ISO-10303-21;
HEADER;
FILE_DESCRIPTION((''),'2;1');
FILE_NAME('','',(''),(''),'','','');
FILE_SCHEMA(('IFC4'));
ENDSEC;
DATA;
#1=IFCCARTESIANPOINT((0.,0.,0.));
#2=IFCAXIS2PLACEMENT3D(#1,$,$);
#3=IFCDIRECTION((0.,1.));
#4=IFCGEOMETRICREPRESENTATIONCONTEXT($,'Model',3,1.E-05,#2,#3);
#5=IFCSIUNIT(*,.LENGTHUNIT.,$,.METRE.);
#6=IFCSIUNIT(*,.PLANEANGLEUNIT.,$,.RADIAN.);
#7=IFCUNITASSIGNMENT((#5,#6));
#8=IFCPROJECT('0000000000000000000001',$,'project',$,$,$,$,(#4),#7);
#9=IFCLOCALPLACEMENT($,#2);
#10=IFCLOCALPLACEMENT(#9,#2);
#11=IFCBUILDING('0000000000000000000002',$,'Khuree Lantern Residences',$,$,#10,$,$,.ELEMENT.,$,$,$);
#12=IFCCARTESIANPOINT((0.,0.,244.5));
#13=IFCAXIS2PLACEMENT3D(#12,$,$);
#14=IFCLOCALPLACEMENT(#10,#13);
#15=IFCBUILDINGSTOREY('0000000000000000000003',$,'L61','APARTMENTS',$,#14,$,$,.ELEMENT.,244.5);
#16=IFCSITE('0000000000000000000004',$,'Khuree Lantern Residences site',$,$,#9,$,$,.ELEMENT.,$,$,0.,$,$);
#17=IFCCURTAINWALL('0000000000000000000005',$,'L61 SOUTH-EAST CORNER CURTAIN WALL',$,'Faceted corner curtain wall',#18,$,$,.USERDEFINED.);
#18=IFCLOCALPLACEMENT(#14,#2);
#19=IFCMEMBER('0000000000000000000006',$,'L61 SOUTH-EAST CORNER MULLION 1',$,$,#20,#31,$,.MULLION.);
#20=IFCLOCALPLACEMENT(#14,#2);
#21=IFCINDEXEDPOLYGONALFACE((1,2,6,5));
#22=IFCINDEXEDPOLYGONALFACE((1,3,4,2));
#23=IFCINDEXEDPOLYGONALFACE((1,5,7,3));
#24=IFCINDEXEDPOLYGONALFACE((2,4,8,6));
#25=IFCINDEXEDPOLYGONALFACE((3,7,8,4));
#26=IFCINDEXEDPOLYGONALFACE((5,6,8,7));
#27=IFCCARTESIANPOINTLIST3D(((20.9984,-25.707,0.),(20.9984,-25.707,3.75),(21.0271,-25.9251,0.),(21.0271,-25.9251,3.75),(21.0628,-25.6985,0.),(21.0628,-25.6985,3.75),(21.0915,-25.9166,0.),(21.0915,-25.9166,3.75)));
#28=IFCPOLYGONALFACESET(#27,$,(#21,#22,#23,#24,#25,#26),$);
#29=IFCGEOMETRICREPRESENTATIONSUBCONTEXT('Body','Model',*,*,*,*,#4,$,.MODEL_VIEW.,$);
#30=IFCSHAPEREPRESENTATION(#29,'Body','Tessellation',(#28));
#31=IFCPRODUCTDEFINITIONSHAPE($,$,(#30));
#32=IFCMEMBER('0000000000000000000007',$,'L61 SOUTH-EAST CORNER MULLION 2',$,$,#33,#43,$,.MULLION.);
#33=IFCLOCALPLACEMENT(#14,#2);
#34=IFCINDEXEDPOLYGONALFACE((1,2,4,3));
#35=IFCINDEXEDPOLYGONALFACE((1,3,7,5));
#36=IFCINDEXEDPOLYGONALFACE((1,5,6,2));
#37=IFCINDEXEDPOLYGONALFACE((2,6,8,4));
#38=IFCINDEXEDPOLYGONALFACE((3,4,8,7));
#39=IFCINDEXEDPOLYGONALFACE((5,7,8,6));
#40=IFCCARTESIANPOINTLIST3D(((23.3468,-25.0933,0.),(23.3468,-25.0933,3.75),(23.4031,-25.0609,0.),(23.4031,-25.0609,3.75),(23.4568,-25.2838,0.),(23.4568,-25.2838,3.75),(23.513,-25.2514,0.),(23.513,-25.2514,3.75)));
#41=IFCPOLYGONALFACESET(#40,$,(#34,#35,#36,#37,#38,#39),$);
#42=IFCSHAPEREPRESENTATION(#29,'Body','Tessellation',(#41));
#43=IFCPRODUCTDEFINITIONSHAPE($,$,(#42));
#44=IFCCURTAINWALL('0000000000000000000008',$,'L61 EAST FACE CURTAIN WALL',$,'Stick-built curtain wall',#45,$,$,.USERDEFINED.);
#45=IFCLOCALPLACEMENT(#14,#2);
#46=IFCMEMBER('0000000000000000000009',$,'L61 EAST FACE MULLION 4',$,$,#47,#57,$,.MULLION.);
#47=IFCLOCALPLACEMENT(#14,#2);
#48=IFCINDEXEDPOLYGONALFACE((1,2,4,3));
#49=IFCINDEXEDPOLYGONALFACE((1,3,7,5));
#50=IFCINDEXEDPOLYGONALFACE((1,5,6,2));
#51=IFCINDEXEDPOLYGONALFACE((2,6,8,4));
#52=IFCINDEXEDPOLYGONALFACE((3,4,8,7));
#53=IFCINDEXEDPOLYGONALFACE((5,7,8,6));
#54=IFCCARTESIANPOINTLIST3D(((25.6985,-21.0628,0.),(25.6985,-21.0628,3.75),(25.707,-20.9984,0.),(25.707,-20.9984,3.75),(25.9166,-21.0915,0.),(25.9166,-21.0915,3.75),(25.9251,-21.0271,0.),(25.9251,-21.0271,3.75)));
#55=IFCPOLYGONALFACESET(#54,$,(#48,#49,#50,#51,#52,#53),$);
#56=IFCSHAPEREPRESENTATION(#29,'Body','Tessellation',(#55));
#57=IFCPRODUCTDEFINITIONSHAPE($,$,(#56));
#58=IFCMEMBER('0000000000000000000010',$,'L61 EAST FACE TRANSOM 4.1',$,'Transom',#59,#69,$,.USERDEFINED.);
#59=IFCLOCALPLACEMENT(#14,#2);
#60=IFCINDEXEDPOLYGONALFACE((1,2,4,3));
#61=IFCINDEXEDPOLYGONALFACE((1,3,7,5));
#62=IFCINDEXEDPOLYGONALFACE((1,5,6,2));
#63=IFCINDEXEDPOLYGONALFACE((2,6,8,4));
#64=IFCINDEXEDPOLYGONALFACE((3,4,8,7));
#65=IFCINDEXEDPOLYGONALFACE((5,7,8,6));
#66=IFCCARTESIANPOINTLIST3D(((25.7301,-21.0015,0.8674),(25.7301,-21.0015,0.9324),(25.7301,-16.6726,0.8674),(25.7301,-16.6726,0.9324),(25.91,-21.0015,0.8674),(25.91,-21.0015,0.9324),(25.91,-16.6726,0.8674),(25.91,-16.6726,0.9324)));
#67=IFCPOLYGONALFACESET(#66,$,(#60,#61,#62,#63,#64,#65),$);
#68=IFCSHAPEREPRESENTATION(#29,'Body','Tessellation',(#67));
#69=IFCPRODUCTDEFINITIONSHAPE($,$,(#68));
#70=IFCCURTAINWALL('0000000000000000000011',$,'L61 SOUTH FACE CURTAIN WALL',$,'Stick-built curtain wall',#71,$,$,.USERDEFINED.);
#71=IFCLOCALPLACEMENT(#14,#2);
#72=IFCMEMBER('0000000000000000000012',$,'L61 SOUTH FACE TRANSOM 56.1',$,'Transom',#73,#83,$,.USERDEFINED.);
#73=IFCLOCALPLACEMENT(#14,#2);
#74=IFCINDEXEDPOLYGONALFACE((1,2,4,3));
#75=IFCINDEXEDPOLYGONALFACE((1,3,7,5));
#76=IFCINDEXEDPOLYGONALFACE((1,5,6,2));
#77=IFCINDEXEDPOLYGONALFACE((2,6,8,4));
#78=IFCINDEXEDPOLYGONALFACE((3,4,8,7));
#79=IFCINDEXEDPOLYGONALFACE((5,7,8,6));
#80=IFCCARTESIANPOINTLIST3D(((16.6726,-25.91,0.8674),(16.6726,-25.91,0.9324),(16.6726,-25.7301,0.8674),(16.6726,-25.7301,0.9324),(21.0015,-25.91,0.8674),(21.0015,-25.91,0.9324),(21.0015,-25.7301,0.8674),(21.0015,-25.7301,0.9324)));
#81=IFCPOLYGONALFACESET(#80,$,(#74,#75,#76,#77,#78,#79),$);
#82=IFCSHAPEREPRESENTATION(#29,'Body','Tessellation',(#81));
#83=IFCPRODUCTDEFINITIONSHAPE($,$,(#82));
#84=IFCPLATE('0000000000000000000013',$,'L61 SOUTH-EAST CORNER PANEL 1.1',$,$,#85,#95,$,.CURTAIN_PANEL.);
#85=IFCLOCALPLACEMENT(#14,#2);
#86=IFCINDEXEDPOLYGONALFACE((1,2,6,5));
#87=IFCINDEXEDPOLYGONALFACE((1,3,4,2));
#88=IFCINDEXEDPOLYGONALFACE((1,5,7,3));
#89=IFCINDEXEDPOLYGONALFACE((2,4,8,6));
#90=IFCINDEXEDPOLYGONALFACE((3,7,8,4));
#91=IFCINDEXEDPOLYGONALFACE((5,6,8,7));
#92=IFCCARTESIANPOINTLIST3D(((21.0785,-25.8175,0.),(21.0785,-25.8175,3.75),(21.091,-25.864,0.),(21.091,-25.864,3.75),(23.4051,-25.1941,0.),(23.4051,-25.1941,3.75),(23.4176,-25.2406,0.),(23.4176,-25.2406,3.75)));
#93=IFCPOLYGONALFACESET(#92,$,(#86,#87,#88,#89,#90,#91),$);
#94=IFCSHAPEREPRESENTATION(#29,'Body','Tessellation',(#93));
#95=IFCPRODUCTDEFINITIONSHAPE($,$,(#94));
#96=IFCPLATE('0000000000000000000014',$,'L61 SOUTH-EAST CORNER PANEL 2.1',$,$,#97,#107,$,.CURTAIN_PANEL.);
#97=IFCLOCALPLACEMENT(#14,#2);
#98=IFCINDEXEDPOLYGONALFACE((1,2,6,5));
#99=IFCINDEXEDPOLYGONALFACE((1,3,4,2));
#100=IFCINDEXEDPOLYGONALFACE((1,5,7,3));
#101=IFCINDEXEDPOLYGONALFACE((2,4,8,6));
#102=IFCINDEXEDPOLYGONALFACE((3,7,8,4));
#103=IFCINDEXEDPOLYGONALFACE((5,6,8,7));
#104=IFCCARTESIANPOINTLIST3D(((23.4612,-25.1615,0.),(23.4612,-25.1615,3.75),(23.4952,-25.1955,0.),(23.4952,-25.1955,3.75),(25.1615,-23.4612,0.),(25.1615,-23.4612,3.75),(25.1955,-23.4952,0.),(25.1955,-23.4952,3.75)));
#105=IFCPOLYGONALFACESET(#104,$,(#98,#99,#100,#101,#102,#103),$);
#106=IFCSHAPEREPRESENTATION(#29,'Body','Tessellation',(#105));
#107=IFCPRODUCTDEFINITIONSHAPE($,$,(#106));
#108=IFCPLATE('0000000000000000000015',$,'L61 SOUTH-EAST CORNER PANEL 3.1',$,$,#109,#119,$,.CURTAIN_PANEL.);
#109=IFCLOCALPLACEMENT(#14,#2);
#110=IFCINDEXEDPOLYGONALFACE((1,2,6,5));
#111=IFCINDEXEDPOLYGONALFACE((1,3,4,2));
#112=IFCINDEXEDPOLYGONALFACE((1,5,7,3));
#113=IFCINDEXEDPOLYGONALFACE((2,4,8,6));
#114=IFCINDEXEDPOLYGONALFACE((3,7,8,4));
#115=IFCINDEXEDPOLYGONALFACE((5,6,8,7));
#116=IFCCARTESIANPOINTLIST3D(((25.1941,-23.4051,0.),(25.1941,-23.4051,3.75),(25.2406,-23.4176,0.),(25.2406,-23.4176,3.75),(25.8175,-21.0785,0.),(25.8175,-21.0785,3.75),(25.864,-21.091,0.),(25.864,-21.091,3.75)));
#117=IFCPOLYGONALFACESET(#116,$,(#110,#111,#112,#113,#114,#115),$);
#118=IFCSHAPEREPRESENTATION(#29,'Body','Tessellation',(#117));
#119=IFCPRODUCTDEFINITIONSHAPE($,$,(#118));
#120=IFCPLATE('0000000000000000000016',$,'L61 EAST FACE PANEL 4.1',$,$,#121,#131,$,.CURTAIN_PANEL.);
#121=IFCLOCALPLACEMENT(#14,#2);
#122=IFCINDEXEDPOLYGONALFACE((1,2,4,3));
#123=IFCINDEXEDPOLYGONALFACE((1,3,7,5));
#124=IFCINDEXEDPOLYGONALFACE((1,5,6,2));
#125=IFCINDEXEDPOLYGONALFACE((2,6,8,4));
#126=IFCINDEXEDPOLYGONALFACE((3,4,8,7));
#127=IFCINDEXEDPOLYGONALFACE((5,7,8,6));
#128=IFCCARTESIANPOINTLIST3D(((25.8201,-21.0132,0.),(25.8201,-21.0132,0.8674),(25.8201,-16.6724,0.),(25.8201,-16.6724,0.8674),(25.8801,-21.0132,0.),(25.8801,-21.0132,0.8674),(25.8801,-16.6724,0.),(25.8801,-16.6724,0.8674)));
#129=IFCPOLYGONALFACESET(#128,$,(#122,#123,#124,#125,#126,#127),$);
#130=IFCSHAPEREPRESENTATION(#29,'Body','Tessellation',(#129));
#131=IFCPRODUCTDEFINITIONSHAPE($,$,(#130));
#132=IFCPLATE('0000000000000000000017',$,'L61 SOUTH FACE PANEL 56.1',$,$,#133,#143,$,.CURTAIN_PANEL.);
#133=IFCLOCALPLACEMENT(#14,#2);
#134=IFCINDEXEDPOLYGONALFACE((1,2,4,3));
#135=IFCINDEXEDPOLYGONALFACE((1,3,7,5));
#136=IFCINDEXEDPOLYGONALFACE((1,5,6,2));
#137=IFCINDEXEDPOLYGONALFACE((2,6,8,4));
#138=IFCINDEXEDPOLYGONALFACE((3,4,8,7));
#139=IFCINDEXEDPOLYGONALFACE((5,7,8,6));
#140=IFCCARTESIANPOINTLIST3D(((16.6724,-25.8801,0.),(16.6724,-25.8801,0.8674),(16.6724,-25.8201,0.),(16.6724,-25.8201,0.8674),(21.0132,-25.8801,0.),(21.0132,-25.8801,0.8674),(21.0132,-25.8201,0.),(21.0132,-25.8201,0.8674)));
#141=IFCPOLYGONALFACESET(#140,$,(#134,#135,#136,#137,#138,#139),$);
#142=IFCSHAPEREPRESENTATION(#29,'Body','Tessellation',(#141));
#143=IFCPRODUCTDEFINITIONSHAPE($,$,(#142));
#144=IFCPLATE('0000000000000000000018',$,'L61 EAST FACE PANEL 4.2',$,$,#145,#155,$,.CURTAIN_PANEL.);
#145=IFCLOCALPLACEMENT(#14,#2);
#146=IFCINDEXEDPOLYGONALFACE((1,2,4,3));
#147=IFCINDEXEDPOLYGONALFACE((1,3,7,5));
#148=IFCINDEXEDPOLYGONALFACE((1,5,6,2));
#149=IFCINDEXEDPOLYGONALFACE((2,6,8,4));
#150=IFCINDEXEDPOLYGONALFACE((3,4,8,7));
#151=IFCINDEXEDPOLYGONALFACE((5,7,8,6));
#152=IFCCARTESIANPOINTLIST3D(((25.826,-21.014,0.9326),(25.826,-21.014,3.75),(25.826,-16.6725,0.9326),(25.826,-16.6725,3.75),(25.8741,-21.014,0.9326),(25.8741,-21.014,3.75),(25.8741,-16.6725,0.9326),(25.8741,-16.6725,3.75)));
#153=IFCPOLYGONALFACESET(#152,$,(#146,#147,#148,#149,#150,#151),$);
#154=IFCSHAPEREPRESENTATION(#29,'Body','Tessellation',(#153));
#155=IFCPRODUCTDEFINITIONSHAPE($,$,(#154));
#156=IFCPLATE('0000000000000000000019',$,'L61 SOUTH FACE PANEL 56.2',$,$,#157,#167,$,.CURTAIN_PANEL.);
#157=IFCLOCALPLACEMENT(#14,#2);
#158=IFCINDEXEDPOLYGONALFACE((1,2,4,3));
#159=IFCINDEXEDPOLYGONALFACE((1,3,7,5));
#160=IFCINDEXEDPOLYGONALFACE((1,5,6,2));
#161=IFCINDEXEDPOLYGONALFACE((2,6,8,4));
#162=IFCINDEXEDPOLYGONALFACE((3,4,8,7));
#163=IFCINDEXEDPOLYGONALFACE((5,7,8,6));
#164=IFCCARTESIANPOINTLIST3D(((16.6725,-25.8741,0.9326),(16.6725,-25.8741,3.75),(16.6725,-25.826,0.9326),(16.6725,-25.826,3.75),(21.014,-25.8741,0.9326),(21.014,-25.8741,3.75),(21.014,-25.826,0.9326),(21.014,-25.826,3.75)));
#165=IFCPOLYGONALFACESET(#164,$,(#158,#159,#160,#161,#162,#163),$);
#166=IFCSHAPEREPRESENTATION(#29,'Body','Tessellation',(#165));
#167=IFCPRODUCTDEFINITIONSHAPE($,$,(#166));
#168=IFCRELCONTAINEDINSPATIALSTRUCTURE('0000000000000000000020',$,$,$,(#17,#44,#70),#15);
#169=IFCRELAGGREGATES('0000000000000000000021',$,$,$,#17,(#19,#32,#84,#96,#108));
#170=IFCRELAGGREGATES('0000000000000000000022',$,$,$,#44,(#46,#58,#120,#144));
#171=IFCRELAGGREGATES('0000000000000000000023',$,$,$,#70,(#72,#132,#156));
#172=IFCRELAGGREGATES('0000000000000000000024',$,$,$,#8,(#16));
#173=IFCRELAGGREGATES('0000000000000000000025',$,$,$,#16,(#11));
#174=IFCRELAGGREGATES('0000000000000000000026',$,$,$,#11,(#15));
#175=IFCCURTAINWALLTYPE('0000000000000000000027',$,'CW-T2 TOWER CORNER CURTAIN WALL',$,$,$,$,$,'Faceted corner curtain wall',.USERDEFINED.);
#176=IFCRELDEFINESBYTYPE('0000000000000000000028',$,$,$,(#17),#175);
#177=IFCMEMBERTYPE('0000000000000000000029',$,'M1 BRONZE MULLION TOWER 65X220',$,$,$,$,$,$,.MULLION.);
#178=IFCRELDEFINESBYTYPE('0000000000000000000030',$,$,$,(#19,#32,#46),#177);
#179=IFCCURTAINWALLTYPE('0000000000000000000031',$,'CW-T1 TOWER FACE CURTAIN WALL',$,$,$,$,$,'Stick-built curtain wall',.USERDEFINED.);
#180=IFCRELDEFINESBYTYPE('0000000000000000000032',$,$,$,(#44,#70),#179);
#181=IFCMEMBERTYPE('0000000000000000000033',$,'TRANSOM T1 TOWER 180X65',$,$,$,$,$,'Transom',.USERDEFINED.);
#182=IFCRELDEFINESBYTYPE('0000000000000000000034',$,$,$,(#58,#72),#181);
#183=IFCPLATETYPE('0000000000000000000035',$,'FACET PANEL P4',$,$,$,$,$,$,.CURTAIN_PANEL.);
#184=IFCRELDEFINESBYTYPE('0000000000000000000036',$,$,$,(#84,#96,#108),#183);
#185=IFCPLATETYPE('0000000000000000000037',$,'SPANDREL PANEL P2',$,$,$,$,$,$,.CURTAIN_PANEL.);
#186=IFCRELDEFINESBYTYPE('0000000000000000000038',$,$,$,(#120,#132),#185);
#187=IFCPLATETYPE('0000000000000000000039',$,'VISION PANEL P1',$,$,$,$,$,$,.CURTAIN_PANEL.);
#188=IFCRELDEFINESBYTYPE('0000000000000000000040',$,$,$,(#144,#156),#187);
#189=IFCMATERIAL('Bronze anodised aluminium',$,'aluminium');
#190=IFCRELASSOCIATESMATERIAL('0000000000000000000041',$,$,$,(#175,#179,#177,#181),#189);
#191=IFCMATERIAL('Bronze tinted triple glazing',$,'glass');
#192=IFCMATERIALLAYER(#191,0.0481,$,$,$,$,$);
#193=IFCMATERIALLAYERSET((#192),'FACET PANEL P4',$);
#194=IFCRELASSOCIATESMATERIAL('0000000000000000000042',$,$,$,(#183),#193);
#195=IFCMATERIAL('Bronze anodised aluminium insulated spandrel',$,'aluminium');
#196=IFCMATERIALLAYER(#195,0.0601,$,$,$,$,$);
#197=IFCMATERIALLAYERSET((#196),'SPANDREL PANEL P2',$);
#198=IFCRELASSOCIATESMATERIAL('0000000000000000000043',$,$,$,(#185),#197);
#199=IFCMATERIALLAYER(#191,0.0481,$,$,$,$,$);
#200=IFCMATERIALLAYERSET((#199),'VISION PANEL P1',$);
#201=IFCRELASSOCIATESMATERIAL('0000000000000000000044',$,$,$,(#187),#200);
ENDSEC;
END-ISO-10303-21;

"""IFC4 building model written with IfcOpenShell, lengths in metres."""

from ifc_helpers import new_model, si_unit, direction, frame, origin, origin_2d, place, context, subcontext, project, spatial, rectangle, extrude, material, layer, layer_set, material_profile, profile_set, type_object, element, aggregate, save


model = new_model("IFC4")

# Units and contexts
model_context = context("Model", 3, precision=1e-05, world=origin(), true_north=direction((0.0, 1.0)))
body_context = subcontext(model_context, "Body", "Model", "MODEL_VIEW")
ifc_project = project(units=[si_unit("LENGTHUNIT", "METRE"), si_unit("PLANEANGLEUNIT", "RADIAN")], contexts=[model_context])

# Site, building, storey
site_placement = place(None, origin())
site = spatial("IfcSite", under=ifc_project, at=site_placement, Name="Khuree Lantern Residences site", CompositionType="ELEMENT", RefElevation=0.0)
building_placement = place(site_placement, origin())
building = spatial("IfcBuilding", under=site, at=building_placement, Name="Khuree Lantern Residences", CompositionType="ELEMENT")
storey_placement = place(building_placement, frame((0.0, 0.0, 244.5)))
storey = spatial("IfcBuildingStorey", under=building, at=storey_placement, Name="L61", Description="APARTMENTS", CompositionType="ELEMENT", Elevation=244.5)

# Curtain wall
ifc_material_1 = material(Name="Bronze anodised aluminium", Category="aluminium")
curtain_wall_type_1 = type_object("IfcCurtainWallType", Name="CW-T2 TOWER CORNER CURTAIN WALL", ElementType="Faceted corner curtain wall", PredefinedType="USERDEFINED", material=ifc_material_1)
curtain_wall_1_placement = place(storey_placement, origin())
curtain_wall_1 = element("IfcCurtainWall", 1, at=curtain_wall_1_placement, inside=storey, type_object=curtain_wall_type_1, Name="L61 SOUTH-EAST CORNER CURTAIN WALL", ObjectType="Faceted corner curtain wall", PredefinedType="USERDEFINED")

# Members
ifc_material_profile_1 = material_profile(ifc_material_1, rectangle(XDim=0.0649, YDim=0.22, at=origin_2d()), Name="M1 65X220")
ifc_profile_set_1 = profile_set([ifc_material_profile_1], Name="Bronze anodised aluminium")
member_type_1 = type_object("IfcMemberType", Name="M1 BRONZE MULLION TOWER 65X220", PredefinedType="MULLION", material=ifc_profile_set_1)
member_1_placement = place(storey_placement, frame((21.0449, -25.8118, 0.0), z_axis=(0.0, 0.0, 1.0), x_axis=(0.991445, 0.130526, 0.0)))
member_1 = element("IfcMember", 2, at=member_1_placement, type_object=member_type_1, Name="L61 SOUTH-EAST CORNER MULLION 1", PredefinedType="MULLION", context=body_context, shape_type="SweptSolid", body=[
    extrude(rectangle(XDim=0.0649, YDim=0.22, at=origin_2d()), origin(), (0.0, 0.0, 1.0), 3.75),
])
member_2_placement = place(storey_placement, frame((23.4299, -25.1724, 0.0), z_axis=(0.0, 0.0, 1.0), x_axis=(0.866025, 0.5, 0.0)))
member_2 = element("IfcMember", 3, at=member_2_placement, type_object=member_type_1, Name="L61 SOUTH-EAST CORNER MULLION 2", PredefinedType="MULLION", context=body_context, shape_type="SweptSolid", body=[
    extrude(rectangle(XDim=0.0649, YDim=0.22, at=origin_2d()), origin(), (0.0, 0.0, 1.0), 3.75),
])

# Curtain wall, members
curtain_wall_type_2 = type_object("IfcCurtainWallType", Name="CW-T1 TOWER FACE CURTAIN WALL", ElementType="Stick-built curtain wall", PredefinedType="USERDEFINED", material=ifc_material_1)
curtain_wall_2_placement = place(storey_placement, origin())
curtain_wall_2 = element("IfcCurtainWall", 4, at=curtain_wall_2_placement, inside=storey, type_object=curtain_wall_type_2, Name="L61 EAST FACE CURTAIN WALL", ObjectType="Stick-built curtain wall", PredefinedType="USERDEFINED")
member_3_placement = place(storey_placement, frame((25.8118, -21.0449, 0.0), z_axis=(0.0, 0.0, 1.0), x_axis=(0.130526, 0.991445, 0.0)))
member_3 = element("IfcMember", 5, at=member_3_placement, type_object=member_type_1, Name="L61 EAST FACE MULLION 4", PredefinedType="MULLION", context=body_context, shape_type="SweptSolid", body=[
    extrude(rectangle(XDim=0.0649, YDim=0.22, at=origin_2d()), origin(), (0.0, 0.0, 1.0), 3.75),
])
ifc_material_profile_2 = material_profile(ifc_material_1, rectangle(XDim=0.1799, YDim=0.0649, at=origin_2d()), Name="T1 180X65")
ifc_profile_set_2 = profile_set([ifc_material_profile_2], Name="Bronze anodised aluminium")
member_type_2 = type_object("IfcMemberType", Name="TRANSOM T1 TOWER 180X65", ElementType="Transom", PredefinedType="USERDEFINED", material=ifc_profile_set_2)
member_4_placement = place(storey_placement, frame((25.8201, -21.0015, 0.8999), z_axis=(0.0, 1.0, 0.0), x_axis=(-1.0, 0.0, 0.0)))
member_4 = element("IfcMember", 6, at=member_4_placement, type_object=member_type_2, Name="L61 EAST FACE TRANSOM 4.1", ObjectType="Transom", PredefinedType="USERDEFINED", context=body_context, shape_type="SweptSolid", body=[
    extrude(rectangle(XDim=0.1799, YDim=0.0649, at=origin_2d()), origin(), (0.0, 0.0, 1.0), 4.3289),
])

# Curtain wall, member
curtain_wall_3_placement = place(storey_placement, origin())
curtain_wall_3 = element("IfcCurtainWall", 7, at=curtain_wall_3_placement, inside=storey, type_object=curtain_wall_type_2, Name="L61 SOUTH FACE CURTAIN WALL", ObjectType="Stick-built curtain wall", PredefinedType="USERDEFINED")
member_5_placement = place(storey_placement, frame((16.6726, -25.8201, 0.8999), z_axis=(1.0, 0.0, 0.0), x_axis=(0.0, 1.0, 0.0)))
member_5 = element("IfcMember", 8, at=member_5_placement, type_object=member_type_2, Name="L61 SOUTH FACE TRANSOM 56.1", ObjectType="Transom", PredefinedType="USERDEFINED", context=body_context, shape_type="SweptSolid", body=[
    extrude(rectangle(XDim=0.1799, YDim=0.0649, at=origin_2d()), origin(), (0.0, 0.0, 1.0), 4.3289),
])

# Plates
ifc_material_2 = material(Name="Bronze tinted triple glazing", Category="glass")
ifc_layer_1 = layer(ifc_material_2, 0.0481)
ifc_layer_set_1 = layer_set([ifc_layer_1], Name="FACET PANEL P4")
plate_type_1 = type_object("IfcPlateType", Name="FACET PANEL P4", PredefinedType="CURTAIN_PANEL", material=ifc_layer_set_1)
plate_1_placement = place(storey_placement, frame((22.248, -25.5291, 0.0), z_axis=(0.0, 0.0, 1.0), x_axis=(0.965926, 0.258819, 0.0)))
plate_1 = element("IfcPlate", 9, at=plate_1_placement, type_object=plate_type_1, Name="L61 SOUTH-EAST CORNER PANEL 1.1", PredefinedType="CURTAIN_PANEL", context=body_context, shape_type="SweptSolid", body=[
    extrude(rectangle(XDim=2.4087, YDim=0.0481, at=origin_2d()), origin(), (0.0, 0.0, 1.0), 3.75),
])
plate_2_placement = place(storey_placement, frame((24.3284, -24.3284, 0.0), z_axis=(0.0, 0.0, 1.0), x_axis=(0.707107, 0.707107, 0.0)))
plate_2 = element("IfcPlate", 10, at=plate_2_placement, type_object=plate_type_1, Name="L61 SOUTH-EAST CORNER PANEL 2.1", PredefinedType="CURTAIN_PANEL", context=body_context, shape_type="SweptSolid", body=[
    extrude(rectangle(XDim=2.4045, YDim=0.0481, at=origin_2d()), origin(), (0.0, 0.0, 1.0), 3.75),
])
plate_3_placement = place(storey_placement, frame((25.5291, -22.248, 0.0), z_axis=(0.0, 0.0, 1.0), x_axis=(0.258819, 0.965926, 0.0)))
plate_3 = element("IfcPlate", 11, at=plate_3_placement, type_object=plate_type_1, Name="L61 SOUTH-EAST CORNER PANEL 3.1", PredefinedType="CURTAIN_PANEL", context=body_context, shape_type="SweptSolid", body=[
    extrude(rectangle(XDim=2.4087, YDim=0.0481, at=origin_2d()), origin(), (0.0, 0.0, 1.0), 3.75),
])
aggregate(curtain_wall_1, [member_1, member_2, plate_1, plate_2, plate_3])
ifc_material_3 = material(Name="Bronze anodised aluminium insulated spandrel", Category="aluminium")
ifc_layer_2 = layer(ifc_material_3, 0.0601)
ifc_layer_set_2 = layer_set([ifc_layer_2], Name="SPANDREL PANEL P2")
plate_type_2 = type_object("IfcPlateType", Name="SPANDREL PANEL P2", PredefinedType="CURTAIN_PANEL", material=ifc_layer_set_2)
plate_4_placement = place(storey_placement, frame((25.8501, -18.8428, 0.0), z_axis=(0.0, 0.0, 1.0), x_axis=(0.0, 1.0, 0.0)))
plate_4 = element("IfcPlate", 12, at=plate_4_placement, type_object=plate_type_2, Name="L61 EAST FACE PANEL 4.1", PredefinedType="CURTAIN_PANEL", context=body_context, shape_type="SweptSolid", body=[
    extrude(rectangle(XDim=4.3408, YDim=0.0601, at=origin_2d()), origin(), (0.0, 0.0, 1.0), 0.8674),
])
plate_5_placement = place(storey_placement, frame((18.8428, -25.8501, 0.0), z_axis=(0.0, 0.0, 1.0), x_axis=(1.0, 0.0, 0.0)))
plate_5 = element("IfcPlate", 13, at=plate_5_placement, type_object=plate_type_2, Name="L61 SOUTH FACE PANEL 56.1", PredefinedType="CURTAIN_PANEL", context=body_context, shape_type="SweptSolid", body=[
    extrude(rectangle(XDim=4.3408, YDim=0.0601, at=origin_2d()), origin(), (0.0, 0.0, 1.0), 0.8674),
])
ifc_layer_3 = layer(ifc_material_2, 0.0481)
ifc_layer_set_3 = layer_set([ifc_layer_3], Name="VISION PANEL P1")
plate_type_3 = type_object("IfcPlateType", Name="VISION PANEL P1", PredefinedType="CURTAIN_PANEL", material=ifc_layer_set_3)
plate_6_placement = place(storey_placement, frame((25.8501, -18.8433, 0.9326), z_axis=(0.0, 0.0, 1.0), x_axis=(0.0, 1.0, 0.0)))
plate_6 = element("IfcPlate", 14, at=plate_6_placement, type_object=plate_type_3, Name="L61 EAST FACE PANEL 4.2", PredefinedType="CURTAIN_PANEL", context=body_context, shape_type="SweptSolid", body=[
    extrude(rectangle(XDim=4.3416, YDim=0.0481, at=origin_2d()), origin(), (0.0, 0.0, 1.0), 2.8174),
])
aggregate(curtain_wall_2, [member_3, member_4, plate_4, plate_6])
plate_7_placement = place(storey_placement, frame((18.8433, -25.8501, 0.9326), z_axis=(0.0, 0.0, 1.0), x_axis=(1.0, 0.0, 0.0)))
plate_7 = element("IfcPlate", 15, at=plate_7_placement, type_object=plate_type_3, Name="L61 SOUTH FACE PANEL 56.2", PredefinedType="CURTAIN_PANEL", context=body_context, shape_type="SweptSolid", body=[
    extrude(rectangle(XDim=4.3416, YDim=0.0481, at=origin_2d()), origin(), (0.0, 0.0, 1.0), 2.8174),
])
aggregate(curtain_wall_3, [member_5, plate_5, plate_7])

save(model, "model.ifc")
